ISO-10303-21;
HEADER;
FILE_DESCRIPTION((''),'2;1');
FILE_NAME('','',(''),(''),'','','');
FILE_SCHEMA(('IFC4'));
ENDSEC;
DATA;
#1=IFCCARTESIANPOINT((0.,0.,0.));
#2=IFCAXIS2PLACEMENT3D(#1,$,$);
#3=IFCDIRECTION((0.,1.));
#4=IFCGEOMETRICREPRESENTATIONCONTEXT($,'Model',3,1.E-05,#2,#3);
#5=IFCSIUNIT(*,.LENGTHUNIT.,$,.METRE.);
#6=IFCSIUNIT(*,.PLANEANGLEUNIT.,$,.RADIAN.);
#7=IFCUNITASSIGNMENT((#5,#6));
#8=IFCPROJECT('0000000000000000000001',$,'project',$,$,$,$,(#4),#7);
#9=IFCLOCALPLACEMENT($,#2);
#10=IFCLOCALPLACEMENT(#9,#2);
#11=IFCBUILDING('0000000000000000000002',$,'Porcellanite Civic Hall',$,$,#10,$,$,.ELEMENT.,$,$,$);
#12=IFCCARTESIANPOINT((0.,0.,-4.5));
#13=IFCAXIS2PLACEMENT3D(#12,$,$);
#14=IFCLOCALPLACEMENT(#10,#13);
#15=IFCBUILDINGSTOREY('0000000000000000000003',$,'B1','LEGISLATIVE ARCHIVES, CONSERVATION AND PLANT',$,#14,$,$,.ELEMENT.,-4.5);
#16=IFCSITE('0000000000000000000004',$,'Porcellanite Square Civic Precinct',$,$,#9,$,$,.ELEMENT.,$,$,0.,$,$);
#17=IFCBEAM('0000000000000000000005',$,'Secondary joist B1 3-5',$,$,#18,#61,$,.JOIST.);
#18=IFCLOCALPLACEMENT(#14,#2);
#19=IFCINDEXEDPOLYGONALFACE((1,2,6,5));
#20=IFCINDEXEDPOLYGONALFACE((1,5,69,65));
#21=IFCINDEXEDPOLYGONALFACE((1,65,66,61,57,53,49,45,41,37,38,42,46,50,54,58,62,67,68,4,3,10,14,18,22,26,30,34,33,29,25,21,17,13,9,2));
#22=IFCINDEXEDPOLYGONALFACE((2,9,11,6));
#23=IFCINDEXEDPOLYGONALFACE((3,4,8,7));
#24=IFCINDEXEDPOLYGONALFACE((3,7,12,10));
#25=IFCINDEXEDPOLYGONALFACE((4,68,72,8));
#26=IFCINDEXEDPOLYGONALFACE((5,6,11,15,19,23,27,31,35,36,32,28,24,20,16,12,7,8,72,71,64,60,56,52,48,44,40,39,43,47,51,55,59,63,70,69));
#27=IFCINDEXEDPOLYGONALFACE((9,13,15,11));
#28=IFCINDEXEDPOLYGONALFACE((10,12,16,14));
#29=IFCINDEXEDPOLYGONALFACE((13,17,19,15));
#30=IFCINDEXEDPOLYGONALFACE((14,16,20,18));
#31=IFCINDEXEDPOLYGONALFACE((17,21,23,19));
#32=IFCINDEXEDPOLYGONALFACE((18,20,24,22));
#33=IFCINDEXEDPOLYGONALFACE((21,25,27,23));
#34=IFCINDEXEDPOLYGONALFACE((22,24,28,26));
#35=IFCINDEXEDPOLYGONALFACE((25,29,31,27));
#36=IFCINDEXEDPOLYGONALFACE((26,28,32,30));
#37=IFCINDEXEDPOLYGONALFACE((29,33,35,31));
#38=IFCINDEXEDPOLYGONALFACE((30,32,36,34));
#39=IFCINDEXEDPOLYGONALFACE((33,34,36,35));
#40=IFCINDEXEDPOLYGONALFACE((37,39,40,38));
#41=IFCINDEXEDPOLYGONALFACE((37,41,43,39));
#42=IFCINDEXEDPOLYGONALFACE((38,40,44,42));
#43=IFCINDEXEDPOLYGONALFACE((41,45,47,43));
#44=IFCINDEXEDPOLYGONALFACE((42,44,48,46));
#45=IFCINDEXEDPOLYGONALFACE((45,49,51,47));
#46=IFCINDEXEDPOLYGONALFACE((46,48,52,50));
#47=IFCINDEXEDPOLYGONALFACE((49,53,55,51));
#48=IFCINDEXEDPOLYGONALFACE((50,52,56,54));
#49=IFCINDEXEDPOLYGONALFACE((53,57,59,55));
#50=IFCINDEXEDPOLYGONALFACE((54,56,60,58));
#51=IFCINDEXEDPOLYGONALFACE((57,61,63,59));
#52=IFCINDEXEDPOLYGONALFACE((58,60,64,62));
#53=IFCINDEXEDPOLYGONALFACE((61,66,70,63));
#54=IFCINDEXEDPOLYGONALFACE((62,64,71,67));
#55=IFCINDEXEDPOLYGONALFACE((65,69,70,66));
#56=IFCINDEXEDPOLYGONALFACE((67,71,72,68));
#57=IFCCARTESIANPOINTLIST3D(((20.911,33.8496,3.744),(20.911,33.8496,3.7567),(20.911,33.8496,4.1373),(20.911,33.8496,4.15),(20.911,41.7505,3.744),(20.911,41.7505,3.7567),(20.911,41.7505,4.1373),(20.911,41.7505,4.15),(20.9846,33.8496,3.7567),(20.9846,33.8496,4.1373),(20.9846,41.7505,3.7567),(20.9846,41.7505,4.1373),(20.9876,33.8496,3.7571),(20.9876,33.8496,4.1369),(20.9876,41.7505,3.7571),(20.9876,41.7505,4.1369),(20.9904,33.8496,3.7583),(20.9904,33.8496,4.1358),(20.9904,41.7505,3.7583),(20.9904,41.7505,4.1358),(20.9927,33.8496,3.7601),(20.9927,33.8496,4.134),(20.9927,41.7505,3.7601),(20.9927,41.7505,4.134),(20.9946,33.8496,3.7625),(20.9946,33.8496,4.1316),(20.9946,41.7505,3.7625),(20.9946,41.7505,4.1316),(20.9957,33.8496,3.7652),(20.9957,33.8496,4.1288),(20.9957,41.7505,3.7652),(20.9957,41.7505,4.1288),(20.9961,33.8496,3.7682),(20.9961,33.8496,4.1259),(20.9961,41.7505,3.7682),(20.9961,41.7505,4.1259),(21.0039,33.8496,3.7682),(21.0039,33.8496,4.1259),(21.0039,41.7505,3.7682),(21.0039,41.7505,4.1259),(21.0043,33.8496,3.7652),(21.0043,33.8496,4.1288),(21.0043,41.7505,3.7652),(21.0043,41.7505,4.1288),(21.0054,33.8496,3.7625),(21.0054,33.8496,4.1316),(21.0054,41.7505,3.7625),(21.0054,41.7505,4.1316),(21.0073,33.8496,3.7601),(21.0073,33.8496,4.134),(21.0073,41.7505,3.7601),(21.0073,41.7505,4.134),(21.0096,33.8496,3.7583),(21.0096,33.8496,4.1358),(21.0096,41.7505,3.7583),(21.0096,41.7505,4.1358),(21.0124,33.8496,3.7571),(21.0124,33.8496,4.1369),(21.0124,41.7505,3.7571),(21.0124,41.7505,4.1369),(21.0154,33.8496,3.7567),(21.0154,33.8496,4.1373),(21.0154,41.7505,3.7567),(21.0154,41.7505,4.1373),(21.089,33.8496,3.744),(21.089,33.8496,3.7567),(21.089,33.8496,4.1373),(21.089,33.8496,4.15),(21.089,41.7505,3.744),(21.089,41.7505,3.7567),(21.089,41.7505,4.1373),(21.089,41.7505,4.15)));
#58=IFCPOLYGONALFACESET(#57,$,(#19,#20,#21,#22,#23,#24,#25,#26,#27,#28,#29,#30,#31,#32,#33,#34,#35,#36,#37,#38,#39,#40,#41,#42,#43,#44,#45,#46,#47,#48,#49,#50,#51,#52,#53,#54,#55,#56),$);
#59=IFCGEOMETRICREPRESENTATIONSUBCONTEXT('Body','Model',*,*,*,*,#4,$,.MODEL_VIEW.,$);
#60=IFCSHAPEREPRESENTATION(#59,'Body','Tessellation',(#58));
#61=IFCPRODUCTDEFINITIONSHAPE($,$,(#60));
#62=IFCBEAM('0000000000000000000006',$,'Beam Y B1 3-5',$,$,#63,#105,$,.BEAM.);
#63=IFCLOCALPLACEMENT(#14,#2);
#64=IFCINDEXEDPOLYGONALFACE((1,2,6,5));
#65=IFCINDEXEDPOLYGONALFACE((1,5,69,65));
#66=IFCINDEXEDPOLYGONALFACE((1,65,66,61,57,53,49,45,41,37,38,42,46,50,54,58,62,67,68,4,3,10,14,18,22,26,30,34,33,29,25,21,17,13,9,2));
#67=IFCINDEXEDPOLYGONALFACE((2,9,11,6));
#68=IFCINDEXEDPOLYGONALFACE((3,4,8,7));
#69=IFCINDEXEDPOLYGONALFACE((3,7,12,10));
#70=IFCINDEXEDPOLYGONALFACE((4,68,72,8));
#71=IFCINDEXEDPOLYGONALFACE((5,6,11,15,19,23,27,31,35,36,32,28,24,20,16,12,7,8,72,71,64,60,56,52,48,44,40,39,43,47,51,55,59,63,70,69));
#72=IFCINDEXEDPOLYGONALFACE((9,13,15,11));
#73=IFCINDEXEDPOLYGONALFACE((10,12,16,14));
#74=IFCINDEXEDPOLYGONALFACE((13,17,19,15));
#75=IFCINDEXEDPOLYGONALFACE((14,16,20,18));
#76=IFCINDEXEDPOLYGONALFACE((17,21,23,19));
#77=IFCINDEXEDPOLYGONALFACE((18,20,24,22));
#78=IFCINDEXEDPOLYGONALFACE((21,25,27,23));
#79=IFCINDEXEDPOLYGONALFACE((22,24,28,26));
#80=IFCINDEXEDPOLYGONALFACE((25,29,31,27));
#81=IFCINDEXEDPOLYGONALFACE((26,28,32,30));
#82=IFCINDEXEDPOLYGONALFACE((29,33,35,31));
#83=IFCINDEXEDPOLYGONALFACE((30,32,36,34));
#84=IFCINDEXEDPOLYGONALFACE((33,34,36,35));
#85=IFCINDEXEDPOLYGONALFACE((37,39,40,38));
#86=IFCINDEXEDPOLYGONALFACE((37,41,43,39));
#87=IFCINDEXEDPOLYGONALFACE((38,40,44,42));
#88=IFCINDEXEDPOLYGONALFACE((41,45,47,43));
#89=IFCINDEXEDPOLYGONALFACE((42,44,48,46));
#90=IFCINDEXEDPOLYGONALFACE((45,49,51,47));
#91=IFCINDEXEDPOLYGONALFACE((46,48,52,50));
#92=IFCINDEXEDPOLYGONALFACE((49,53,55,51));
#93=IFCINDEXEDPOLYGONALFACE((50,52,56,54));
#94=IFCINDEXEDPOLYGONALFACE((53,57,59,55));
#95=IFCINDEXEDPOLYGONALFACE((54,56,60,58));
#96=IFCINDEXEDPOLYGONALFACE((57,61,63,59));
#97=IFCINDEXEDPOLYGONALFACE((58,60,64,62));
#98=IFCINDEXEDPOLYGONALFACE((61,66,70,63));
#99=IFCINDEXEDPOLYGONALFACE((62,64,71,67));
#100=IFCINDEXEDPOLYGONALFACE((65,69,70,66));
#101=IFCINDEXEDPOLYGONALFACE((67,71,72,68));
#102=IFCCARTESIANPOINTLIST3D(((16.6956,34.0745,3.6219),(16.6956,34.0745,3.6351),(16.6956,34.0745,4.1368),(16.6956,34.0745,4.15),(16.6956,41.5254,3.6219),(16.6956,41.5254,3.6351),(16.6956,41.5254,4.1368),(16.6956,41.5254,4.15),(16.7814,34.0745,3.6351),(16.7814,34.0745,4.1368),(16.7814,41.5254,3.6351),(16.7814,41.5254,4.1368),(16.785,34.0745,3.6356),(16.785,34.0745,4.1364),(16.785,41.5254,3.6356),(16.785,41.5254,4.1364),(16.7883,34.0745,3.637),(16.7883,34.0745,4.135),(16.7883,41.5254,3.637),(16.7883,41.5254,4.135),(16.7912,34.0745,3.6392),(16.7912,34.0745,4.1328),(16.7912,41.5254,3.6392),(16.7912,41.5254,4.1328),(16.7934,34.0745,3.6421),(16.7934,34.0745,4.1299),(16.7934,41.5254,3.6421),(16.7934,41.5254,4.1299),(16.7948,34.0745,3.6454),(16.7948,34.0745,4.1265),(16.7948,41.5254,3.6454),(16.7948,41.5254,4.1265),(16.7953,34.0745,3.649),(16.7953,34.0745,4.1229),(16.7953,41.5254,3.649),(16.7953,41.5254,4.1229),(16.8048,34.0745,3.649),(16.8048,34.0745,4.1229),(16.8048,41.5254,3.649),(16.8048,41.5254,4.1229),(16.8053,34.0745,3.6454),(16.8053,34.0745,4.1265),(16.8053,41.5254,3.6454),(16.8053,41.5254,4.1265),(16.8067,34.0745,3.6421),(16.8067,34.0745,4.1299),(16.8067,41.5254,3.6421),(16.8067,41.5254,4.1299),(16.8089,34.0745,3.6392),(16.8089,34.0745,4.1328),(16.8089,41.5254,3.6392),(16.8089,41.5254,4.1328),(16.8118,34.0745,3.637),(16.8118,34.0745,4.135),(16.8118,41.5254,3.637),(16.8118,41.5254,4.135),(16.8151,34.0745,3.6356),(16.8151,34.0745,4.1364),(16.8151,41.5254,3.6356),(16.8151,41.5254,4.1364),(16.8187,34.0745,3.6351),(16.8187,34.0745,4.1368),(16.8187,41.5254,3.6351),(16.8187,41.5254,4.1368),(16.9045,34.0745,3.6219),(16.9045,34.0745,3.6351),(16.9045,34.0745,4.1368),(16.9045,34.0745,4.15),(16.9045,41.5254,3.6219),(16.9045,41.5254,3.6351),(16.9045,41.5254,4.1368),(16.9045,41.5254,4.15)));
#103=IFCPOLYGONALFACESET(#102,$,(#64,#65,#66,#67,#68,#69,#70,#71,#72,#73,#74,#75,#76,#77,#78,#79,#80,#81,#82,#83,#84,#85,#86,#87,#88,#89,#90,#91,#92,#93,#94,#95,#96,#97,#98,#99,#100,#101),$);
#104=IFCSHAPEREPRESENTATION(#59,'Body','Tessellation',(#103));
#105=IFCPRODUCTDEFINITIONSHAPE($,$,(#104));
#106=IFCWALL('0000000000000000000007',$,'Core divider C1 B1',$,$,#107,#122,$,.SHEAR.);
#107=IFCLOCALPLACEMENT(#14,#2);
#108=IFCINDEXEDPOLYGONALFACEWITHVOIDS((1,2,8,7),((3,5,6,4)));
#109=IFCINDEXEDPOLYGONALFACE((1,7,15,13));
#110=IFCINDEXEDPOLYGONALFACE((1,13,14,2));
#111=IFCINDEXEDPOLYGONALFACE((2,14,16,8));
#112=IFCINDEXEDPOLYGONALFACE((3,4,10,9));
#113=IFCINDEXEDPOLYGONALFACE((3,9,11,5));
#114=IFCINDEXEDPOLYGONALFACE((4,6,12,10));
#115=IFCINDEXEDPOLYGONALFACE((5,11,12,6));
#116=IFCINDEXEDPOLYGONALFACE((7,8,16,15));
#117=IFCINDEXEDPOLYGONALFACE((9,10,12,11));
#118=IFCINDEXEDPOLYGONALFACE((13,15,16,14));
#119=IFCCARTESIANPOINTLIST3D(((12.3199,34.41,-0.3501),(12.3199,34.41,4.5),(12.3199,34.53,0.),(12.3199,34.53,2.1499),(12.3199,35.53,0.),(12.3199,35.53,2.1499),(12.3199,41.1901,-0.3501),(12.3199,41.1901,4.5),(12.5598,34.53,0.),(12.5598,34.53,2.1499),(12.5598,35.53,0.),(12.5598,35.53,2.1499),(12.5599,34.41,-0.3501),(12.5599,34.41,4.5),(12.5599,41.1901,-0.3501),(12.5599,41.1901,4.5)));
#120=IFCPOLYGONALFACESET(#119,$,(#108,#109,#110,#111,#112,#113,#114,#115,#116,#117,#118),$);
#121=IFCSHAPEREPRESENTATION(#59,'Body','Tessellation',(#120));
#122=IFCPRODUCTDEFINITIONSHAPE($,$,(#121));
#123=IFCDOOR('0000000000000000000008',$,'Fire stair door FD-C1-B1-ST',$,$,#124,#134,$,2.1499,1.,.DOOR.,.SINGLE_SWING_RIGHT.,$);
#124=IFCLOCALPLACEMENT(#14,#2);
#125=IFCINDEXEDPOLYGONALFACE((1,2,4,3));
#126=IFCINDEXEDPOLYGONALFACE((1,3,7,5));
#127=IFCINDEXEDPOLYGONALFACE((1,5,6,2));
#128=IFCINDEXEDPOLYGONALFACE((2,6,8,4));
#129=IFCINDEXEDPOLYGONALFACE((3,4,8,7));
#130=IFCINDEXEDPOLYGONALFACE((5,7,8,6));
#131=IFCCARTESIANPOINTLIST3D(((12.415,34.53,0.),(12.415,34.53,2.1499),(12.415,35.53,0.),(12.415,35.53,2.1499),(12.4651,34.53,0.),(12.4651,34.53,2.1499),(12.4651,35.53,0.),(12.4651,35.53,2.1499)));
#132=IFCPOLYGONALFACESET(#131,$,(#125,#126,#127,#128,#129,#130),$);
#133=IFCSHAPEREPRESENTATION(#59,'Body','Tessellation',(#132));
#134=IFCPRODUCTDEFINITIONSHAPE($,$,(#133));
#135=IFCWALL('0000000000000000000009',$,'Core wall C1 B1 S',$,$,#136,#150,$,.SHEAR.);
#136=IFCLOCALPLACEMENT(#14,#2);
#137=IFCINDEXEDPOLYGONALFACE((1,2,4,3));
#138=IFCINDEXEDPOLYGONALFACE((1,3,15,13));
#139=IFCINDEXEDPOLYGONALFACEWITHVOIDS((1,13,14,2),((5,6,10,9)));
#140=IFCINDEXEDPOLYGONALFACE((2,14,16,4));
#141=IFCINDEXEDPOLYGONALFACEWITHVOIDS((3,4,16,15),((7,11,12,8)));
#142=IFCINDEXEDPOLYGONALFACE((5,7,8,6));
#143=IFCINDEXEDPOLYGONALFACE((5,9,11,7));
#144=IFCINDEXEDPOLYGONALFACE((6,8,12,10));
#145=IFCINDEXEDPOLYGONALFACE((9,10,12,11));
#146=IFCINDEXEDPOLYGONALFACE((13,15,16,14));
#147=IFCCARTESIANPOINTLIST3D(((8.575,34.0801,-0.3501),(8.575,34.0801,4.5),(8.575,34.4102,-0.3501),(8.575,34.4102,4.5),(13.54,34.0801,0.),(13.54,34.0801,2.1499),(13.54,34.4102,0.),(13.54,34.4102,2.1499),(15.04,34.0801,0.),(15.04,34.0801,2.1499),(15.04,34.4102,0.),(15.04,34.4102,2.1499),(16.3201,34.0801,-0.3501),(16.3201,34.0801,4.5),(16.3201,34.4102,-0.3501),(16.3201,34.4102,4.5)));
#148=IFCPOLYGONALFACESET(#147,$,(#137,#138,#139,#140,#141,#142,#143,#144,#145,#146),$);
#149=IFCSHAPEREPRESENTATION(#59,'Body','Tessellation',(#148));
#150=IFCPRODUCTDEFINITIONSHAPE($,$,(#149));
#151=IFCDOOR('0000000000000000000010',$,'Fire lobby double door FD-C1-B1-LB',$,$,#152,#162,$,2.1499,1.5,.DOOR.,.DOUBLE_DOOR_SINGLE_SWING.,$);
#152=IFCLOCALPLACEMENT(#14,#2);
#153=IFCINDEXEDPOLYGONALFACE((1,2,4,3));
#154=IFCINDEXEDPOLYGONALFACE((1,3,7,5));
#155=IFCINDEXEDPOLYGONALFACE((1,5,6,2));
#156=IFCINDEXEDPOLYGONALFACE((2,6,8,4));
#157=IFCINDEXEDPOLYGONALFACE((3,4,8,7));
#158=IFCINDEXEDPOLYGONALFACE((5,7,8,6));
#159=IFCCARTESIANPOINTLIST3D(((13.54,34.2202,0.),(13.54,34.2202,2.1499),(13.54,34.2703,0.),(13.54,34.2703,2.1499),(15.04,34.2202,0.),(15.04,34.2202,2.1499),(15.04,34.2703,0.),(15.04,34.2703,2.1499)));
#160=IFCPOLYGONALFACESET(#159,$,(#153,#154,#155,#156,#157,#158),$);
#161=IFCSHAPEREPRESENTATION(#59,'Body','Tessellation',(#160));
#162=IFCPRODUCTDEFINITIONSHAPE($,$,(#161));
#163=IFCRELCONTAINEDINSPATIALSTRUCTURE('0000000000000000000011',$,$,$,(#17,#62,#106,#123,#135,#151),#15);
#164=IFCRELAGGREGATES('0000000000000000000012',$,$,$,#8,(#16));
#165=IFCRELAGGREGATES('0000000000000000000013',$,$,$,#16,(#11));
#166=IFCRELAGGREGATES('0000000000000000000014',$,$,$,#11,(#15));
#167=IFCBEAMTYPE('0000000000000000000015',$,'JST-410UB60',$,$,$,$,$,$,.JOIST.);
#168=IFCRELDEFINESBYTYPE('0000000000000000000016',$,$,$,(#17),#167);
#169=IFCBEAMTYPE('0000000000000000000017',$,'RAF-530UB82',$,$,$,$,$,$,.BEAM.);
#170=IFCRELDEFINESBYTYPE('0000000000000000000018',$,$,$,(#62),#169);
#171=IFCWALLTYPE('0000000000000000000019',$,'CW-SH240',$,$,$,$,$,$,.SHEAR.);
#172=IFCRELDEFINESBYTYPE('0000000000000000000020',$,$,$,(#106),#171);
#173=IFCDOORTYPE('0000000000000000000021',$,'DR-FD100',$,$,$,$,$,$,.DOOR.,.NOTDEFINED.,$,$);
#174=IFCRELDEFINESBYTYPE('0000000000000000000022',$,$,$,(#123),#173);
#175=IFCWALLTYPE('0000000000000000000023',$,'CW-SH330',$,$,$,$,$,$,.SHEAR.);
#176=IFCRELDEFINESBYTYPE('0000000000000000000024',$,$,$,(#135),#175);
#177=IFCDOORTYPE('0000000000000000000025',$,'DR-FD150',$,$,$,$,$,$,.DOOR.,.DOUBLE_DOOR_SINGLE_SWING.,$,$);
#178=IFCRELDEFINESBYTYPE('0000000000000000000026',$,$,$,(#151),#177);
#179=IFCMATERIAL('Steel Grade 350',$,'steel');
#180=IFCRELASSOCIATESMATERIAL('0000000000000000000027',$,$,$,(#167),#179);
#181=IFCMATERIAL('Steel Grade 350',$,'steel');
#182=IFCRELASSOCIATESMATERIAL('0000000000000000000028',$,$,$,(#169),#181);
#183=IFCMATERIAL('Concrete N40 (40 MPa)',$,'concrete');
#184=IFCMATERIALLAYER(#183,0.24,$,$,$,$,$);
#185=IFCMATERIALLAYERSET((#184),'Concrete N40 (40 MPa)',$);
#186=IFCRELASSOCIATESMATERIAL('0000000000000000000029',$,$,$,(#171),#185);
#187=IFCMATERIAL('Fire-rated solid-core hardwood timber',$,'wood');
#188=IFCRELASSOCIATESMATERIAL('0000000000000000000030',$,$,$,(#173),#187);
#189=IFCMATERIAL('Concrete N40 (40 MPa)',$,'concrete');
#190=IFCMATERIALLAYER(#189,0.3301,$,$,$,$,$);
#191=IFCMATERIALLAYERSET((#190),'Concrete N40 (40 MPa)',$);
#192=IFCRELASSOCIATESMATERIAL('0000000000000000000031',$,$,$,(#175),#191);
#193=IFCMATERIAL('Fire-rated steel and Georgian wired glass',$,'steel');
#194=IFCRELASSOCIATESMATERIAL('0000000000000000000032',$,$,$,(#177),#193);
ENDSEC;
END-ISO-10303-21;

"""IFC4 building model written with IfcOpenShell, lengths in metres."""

from ifc_helpers import new_model, si_unit, direction, frame, frame_2d, origin, origin_2d, place, context, subcontext, project, spatial, rectangle, i_section, extrude, material, layer, layer_set, material_profile, profile_set, type_object, element, fill, save


model = new_model("IFC4")

# Units and contexts
model_context = context("Model", 3, precision=1e-05, world=origin(), true_north=direction((0.0, 1.0)))
body_context = subcontext(model_context, "Body", "Model", "MODEL_VIEW")
ifc_project = project(units=[si_unit("LENGTHUNIT", "METRE"), si_unit("PLANEANGLEUNIT", "RADIAN")], contexts=[model_context])

# Site, building, storey
site_placement = place(None, origin())
site = spatial("IfcSite", under=ifc_project, at=site_placement, Name="Porcellanite Square Civic Precinct", CompositionType="ELEMENT", RefElevation=0.0)
building_placement = place(site_placement, origin())
building = spatial("IfcBuilding", under=site, at=building_placement, Name="Porcellanite Civic Hall", CompositionType="ELEMENT")
storey_placement = place(building_placement, frame((0.0, 0.0, -4.5)))
storey = spatial("IfcBuildingStorey", under=building, at=storey_placement, Name="B1", Description="LEGISLATIVE ARCHIVES, CONSERVATION AND PLANT", CompositionType="ELEMENT", Elevation=-4.5)

# Beams
ifc_material_1 = material(Name="Steel Grade 350", Category="steel")
ifc_material_profile_1 = material_profile(ifc_material_1, i_section(OverallWidth=0.178, OverallDepth=0.406, WebThickness=0.0078, FlangeThickness=0.0127, FilletRadius=0.0115, at=origin_2d()), Name="410UB59.7")
ifc_profile_set_1 = profile_set([ifc_material_profile_1], Name="Steel Grade 350")
beam_type_1 = type_object("IfcBeamType", Name="JST-410UB60", PredefinedType="JOIST", material=ifc_profile_set_1)
beam_1_placement = place(storey_placement, frame((21.0, 33.8496, 3.947), z_axis=(0.0, 1.0, 0.0), x_axis=(-1.0, 0.0, 0.0)))
element("IfcBeam", 1, at=beam_1_placement, inside=storey, type_object=beam_type_1, Name="Secondary joist B1 3-5", PredefinedType="JOIST", context=body_context, shape_type="SweptSolid", body=[
    extrude(i_section(OverallWidth=0.178, OverallDepth=0.406, WebThickness=0.0078, FlangeThickness=0.0127, FilletRadius=0.0115, at=origin_2d()), origin(), (0.0, 0.0, 1.0), 7.9009),
])
ifc_material_2 = material(Name="Steel Grade 350", Category="steel")
ifc_material_profile_2 = material_profile(ifc_material_2, i_section(OverallWidth=0.209, OverallDepth=0.5281, WebThickness=0.0095, FlangeThickness=0.0132, FilletRadius=0.0139, at=origin_2d()), Name="530UB82.0")
ifc_profile_set_2 = profile_set([ifc_material_profile_2], Name="Steel Grade 350")
beam_type_2 = type_object("IfcBeamType", Name="RAF-530UB82", PredefinedType="BEAM", material=ifc_profile_set_2)
beam_2_placement = place(storey_placement, frame((16.8, 34.0745, 3.886), z_axis=(0.0, 1.0, 0.0), x_axis=(-1.0, 0.0, 0.0)))
element("IfcBeam", 2, at=beam_2_placement, inside=storey, type_object=beam_type_2, Name="Beam Y B1 3-5", PredefinedType="BEAM", context=body_context, shape_type="SweptSolid", body=[
    extrude(i_section(OverallWidth=0.209, OverallDepth=0.5281, WebThickness=0.0095, FlangeThickness=0.0132, FilletRadius=0.0139, at=origin_2d()), origin(), (0.0, 0.0, 1.0), 7.4509),
])

# Walls, openings, doors
ifc_material_3 = material(Name="Concrete N40 (40 MPa)", Category="concrete")
ifc_layer_1 = layer(ifc_material_3, 0.24)
ifc_layer_set_1 = layer_set([ifc_layer_1], Name="Concrete N40 (40 MPa)")
wall_type_1 = type_object("IfcWallType", Name="CW-SH240", PredefinedType="SHEAR", material=ifc_layer_set_1)
wall_1_placement = place(storey_placement, frame((12.4399, 34.4099, -0.3501), z_axis=(0.0, 0.0, 1.0), x_axis=(0.0, 1.0, 0.0)))
wall_1 = element("IfcWall", 3, at=wall_1_placement, inside=storey, type_object=wall_type_1, Name="Core divider C1 B1", PredefinedType="SHEAR", context=body_context, shape_type="SweptSolid", body=[
    extrude(rectangle(XDim=6.78, YDim=0.24, at=frame_2d((3.3901, 0.0))), origin(), (0.0, 0.0, 1.0), 4.8501),
])
opening_1_placement = place(wall_1_placement, frame((0.1201, 0.0, 0.3501)))
opening_1 = element("IfcOpeningElement", 4, at=opening_1_placement, cuts=wall_1, PredefinedType="OPENING", context=body_context, shape_type="SweptSolid", body=[
    extrude(rectangle(XDim=1.0, YDim=2.1499, at=frame_2d((0.5, 1.075))), frame((0.0, 0.1201, 0.0), z_axis=(0.0, -1.0, 0.0), x_axis=(1.0, 0.0, 0.0)), (0.0, 0.0, 1.0), 0.24),
])
ifc_material_4 = material(Name="Fire-rated solid-core hardwood timber", Category="wood")
door_type_1 = type_object("IfcDoorType", Name="DR-FD100", OperationType="NOTDEFINED", PredefinedType="DOOR", material=ifc_material_4)
door_1_placement = place(opening_1_placement, origin())
door_1 = element("IfcDoor", 5, at=door_1_placement, inside=storey, type_object=door_type_1, Name="Fire stair door FD-C1-B1-ST", OperationType="SINGLE_SWING_RIGHT", OverallHeight=2.1499, OverallWidth=1.0, PredefinedType="DOOR", context=body_context, shape_type="SweptSolid", body=[
    extrude(rectangle(XDim=1.0, YDim=2.1499, at=frame_2d((0.5, 1.075))), frame((0.0, 0.0249, 0.0), z_axis=(0.0, -1.0, 0.0), x_axis=(1.0, 0.0, 0.0)), (0.0, 0.0, 1.0), 0.05),
])
fill(opening_1, door_1)
ifc_material_5 = material(Name="Concrete N40 (40 MPa)", Category="concrete")
ifc_layer_2 = layer(ifc_material_5, 0.3301)
ifc_layer_set_2 = layer_set([ifc_layer_2], Name="Concrete N40 (40 MPa)")
wall_type_2 = type_object("IfcWallType", Name="CW-SH330", PredefinedType="SHEAR", material=ifc_layer_set_2)
wall_2_placement = place(storey_placement, frame((16.3201, 34.2451, -0.3501), z_axis=(0.0, 0.0, 1.0), x_axis=(-1.0, 0.0, 0.0)))
wall_2 = element("IfcWall", 6, at=wall_2_placement, inside=storey, type_object=wall_type_2, Name="Core wall C1 B1 S", PredefinedType="SHEAR", context=body_context, shape_type="SweptSolid", body=[
    extrude(rectangle(XDim=7.7451, YDim=0.3301, at=frame_2d((3.8726, 0.0))), origin(), (0.0, 0.0, 1.0), 4.8501),
])
opening_2_placement = place(wall_2_placement, frame((1.28, 0.0, 0.3501)))
opening_2 = element("IfcOpeningElement", 7, at=opening_2_placement, cuts=wall_2, PredefinedType="OPENING", context=body_context, shape_type="SweptSolid", body=[
    extrude(rectangle(XDim=1.5, YDim=2.1499, at=frame_2d((0.75, 1.075))), frame((0.0, 0.165, 0.0), z_axis=(0.0, -1.0, 0.0), x_axis=(1.0, 0.0, 0.0)), (0.0, 0.0, 1.0), 0.3301),
])
ifc_material_6 = material(Name="Fire-rated steel and Georgian wired glass", Category="steel")
door_type_2 = type_object("IfcDoorType", Name="DR-FD150", OperationType="DOUBLE_DOOR_SINGLE_SWING", PredefinedType="DOOR", material=ifc_material_6)
door_2_placement = place(opening_2_placement, origin())
door_2 = element("IfcDoor", 8, at=door_2_placement, inside=storey, type_object=door_type_2, Name="Fire lobby double door FD-C1-B1-LB", OperationType="DOUBLE_DOOR_SINGLE_SWING", OverallHeight=2.1499, OverallWidth=1.5, PredefinedType="DOOR", context=body_context, shape_type="SweptSolid", body=[
    extrude(rectangle(XDim=1.5, YDim=2.1499, at=frame_2d((0.75, 1.075))), frame((0.0, 0.0249, 0.0), z_axis=(0.0, -1.0, 0.0), x_axis=(1.0, 0.0, 0.0)), (0.0, 0.0, 1.0), 0.05),
])
fill(opening_2, door_2)

save(model, "model.ifc")
